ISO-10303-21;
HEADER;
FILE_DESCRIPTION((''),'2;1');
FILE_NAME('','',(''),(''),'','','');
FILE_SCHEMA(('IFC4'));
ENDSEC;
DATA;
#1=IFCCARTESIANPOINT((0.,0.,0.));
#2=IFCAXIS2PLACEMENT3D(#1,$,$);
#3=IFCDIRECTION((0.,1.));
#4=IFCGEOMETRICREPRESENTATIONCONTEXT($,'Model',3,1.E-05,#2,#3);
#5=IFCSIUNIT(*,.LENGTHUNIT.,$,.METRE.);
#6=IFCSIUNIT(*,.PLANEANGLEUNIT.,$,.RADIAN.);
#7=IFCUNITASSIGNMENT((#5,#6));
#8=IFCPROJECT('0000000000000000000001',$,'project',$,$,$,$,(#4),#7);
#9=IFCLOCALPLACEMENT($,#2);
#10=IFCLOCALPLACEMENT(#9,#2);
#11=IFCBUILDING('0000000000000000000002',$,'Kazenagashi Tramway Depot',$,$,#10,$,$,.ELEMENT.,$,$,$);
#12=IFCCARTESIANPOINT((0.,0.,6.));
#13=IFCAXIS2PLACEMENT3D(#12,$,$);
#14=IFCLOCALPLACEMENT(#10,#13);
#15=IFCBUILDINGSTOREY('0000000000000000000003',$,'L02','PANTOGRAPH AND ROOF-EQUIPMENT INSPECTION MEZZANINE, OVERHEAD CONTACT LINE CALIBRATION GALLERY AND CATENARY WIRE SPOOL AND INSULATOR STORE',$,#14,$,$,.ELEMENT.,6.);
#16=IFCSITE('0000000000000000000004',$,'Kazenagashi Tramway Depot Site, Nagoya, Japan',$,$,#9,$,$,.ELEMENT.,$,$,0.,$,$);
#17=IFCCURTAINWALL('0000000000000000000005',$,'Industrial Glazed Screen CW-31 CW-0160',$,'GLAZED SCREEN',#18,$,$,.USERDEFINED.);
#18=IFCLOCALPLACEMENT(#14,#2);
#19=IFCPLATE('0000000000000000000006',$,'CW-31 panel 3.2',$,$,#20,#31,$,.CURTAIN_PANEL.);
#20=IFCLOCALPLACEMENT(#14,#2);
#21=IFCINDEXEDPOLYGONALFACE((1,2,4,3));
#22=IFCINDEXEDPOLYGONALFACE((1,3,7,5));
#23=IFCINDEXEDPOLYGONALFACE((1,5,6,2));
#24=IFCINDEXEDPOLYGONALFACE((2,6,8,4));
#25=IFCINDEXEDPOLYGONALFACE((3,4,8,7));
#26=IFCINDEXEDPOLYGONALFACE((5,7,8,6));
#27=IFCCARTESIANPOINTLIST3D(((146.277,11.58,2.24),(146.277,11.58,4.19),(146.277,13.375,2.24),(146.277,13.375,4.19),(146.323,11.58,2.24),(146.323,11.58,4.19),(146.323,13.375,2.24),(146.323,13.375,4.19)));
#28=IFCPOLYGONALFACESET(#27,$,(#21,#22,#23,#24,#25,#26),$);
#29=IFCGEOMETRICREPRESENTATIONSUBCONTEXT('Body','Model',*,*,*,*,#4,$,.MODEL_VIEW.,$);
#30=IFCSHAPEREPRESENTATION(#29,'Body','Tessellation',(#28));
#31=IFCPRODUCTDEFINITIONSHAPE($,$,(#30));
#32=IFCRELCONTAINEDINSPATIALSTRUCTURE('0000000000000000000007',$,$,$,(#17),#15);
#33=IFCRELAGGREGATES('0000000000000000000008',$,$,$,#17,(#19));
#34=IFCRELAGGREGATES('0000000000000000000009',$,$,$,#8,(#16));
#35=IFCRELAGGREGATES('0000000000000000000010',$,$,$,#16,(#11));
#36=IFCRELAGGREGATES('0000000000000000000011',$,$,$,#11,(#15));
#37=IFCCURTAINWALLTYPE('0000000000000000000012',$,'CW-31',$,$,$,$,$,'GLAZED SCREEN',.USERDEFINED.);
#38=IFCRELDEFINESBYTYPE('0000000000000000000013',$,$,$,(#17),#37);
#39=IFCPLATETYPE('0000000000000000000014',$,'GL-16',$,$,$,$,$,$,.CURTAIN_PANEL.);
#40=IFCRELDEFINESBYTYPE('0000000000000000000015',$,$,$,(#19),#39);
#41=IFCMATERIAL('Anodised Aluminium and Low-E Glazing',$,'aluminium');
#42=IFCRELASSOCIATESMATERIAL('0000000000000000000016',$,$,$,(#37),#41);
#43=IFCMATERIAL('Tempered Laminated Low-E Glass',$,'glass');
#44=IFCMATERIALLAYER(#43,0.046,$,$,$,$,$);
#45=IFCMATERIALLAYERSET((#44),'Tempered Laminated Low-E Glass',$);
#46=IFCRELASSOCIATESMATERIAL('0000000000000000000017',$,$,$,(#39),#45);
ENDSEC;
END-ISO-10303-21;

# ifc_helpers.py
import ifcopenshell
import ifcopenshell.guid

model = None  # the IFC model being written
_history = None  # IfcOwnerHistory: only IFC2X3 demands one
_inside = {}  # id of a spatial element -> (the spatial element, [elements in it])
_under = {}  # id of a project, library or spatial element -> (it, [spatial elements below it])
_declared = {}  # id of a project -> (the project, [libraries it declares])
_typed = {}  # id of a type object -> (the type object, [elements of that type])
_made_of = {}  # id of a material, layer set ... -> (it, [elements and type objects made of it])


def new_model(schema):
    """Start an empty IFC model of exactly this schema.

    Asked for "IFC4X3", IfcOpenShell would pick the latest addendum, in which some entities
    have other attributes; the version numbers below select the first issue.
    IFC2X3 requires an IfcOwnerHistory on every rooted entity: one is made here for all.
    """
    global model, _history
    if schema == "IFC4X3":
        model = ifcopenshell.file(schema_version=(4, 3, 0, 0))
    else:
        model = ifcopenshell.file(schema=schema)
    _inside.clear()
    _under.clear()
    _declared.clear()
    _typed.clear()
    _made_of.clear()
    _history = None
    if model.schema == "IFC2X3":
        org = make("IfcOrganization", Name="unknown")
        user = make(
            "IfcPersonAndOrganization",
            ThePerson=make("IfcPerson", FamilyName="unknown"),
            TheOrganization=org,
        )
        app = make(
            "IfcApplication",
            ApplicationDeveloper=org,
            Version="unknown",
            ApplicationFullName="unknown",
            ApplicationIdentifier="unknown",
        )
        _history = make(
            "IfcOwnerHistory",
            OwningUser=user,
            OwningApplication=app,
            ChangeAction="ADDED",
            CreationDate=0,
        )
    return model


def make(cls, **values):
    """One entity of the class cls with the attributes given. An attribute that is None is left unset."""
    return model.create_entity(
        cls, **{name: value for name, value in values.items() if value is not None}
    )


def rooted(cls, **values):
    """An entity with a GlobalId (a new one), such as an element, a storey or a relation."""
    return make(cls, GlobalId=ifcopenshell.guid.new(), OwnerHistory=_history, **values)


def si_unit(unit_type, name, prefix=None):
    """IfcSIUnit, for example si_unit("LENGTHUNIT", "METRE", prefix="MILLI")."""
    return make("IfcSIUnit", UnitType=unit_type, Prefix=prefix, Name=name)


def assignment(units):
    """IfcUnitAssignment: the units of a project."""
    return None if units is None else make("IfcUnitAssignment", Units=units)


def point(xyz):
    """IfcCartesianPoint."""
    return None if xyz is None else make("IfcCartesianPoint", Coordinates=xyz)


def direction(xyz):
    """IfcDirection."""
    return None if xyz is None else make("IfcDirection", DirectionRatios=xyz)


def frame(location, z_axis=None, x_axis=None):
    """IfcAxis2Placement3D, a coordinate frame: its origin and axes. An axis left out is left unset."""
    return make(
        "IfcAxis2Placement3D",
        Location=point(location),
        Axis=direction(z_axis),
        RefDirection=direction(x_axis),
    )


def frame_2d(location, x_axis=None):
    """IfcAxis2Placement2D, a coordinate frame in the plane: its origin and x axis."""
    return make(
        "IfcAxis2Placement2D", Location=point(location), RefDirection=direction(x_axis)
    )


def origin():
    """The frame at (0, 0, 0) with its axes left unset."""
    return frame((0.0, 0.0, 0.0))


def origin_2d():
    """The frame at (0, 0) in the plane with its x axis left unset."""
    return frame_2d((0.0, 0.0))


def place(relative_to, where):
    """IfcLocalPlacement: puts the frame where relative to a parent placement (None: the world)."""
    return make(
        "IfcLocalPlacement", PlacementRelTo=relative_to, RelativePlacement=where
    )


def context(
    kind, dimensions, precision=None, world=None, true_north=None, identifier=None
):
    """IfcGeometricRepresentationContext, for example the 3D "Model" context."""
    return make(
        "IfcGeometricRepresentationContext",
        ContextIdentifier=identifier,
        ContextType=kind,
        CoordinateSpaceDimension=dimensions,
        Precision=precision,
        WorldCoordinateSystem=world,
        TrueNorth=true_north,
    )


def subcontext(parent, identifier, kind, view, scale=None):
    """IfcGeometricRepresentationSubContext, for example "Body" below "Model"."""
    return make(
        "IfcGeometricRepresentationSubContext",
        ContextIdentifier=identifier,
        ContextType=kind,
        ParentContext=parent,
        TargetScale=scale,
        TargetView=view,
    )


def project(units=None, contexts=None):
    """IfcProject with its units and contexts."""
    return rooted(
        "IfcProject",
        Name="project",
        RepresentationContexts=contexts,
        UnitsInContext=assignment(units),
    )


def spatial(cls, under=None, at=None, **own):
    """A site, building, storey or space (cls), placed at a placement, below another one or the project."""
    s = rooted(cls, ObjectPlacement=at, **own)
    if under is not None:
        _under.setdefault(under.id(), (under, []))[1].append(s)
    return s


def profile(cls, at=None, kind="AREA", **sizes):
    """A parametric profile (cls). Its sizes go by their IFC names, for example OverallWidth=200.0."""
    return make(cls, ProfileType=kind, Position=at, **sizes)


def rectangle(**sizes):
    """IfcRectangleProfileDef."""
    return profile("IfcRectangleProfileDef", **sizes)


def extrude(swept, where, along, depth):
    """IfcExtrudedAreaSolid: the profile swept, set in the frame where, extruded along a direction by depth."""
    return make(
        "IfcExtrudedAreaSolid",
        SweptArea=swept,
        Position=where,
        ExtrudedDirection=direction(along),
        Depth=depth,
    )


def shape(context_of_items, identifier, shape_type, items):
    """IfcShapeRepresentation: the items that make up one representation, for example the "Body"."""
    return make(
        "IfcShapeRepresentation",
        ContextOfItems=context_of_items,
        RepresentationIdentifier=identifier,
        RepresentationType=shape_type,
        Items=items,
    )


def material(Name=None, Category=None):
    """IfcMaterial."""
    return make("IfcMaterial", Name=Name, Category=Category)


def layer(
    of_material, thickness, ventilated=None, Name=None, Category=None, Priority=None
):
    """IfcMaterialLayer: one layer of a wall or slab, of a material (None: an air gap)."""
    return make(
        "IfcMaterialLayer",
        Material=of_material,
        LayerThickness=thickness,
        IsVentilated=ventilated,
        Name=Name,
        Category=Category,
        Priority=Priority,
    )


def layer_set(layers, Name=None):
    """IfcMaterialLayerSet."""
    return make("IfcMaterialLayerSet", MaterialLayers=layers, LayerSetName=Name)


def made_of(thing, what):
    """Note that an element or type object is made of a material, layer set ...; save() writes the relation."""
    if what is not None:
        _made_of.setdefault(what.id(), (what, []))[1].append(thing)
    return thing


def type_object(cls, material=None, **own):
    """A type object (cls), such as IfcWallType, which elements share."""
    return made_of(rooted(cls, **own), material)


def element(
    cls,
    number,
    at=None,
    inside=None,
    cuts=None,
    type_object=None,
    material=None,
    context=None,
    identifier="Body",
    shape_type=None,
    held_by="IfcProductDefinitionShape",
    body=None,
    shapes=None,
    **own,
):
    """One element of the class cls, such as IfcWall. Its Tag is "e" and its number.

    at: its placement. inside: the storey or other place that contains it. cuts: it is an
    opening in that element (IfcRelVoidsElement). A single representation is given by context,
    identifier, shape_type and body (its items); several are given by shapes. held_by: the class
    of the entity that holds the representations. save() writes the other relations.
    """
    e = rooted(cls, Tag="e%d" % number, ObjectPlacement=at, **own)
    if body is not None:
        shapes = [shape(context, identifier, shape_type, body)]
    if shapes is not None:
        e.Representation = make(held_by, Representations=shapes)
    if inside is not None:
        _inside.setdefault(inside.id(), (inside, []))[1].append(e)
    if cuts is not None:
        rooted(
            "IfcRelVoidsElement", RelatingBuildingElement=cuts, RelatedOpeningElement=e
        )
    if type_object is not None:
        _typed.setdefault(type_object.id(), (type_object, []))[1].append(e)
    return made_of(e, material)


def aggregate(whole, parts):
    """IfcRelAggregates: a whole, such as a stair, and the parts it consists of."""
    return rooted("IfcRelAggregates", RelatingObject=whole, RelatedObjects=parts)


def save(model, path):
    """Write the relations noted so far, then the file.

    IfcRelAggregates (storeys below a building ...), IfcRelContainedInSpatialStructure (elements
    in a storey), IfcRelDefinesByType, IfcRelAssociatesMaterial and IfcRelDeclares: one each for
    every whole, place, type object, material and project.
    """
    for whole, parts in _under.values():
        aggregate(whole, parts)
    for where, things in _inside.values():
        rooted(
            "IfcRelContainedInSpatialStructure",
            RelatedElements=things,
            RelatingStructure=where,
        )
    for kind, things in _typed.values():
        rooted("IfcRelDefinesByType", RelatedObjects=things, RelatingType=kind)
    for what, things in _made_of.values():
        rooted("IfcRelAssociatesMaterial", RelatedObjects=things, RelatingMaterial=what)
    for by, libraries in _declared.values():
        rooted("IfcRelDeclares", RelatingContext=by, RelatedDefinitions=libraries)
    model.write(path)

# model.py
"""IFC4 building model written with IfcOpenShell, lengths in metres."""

from ifc_helpers import new_model, si_unit, direction, frame, origin, origin_2d, place, context, subcontext, project, spatial, rectangle, extrude, material, layer, layer_set, type_object, element, aggregate, save


model = new_model("IFC4")

# Units and contexts
model_context = context("Model", 3, precision=1e-05, world=origin(), true_north=direction((0.0, 1.0)))
body_context = subcontext(model_context, "Body", "Model", "MODEL_VIEW")
ifc_project = project(units=[si_unit("LENGTHUNIT", "METRE"), si_unit("PLANEANGLEUNIT", "RADIAN")], contexts=[model_context])

# Site, building, storey
site_placement = place(None, origin())
site = spatial("IfcSite", under=ifc_project, at=site_placement, Name="Kazenagashi Tramway Depot Site, Nagoya, Japan", CompositionType="ELEMENT", RefElevation=0.0)
building_placement = place(site_placement, origin())
building = spatial("IfcBuilding", under=site, at=building_placement, Name="Kazenagashi Tramway Depot", CompositionType="ELEMENT")
storey_placement = place(building_placement, frame((0.0, 0.0, 6.0)))
storey = spatial("IfcBuildingStorey", under=building, at=storey_placement, Name="L02", Description="PANTOGRAPH AND ROOF-EQUIPMENT INSPECTION MEZZANINE, OVERHEAD CONTACT LINE CALIBRATION GALLERY AND CATENARY WIRE SPOOL AND INSULATOR STORE", CompositionType="ELEMENT", Elevation=6.0)

# Curtain wall
ifc_material_1 = material(Name="Anodised Aluminium and Low-E Glazing", Category="aluminium")
curtain_wall_type = type_object("IfcCurtainWallType", Name="CW-31", ElementType="GLAZED SCREEN", PredefinedType="USERDEFINED", material=ifc_material_1)
curtain_wall_1_placement = place(storey_placement, origin())
curtain_wall_1 = element("IfcCurtainWall", 1, at=curtain_wall_1_placement, inside=storey, type_object=curtain_wall_type, Name="Industrial Glazed Screen CW-31 CW-0160", ObjectType="GLAZED SCREEN", PredefinedType="USERDEFINED")

# Plate
ifc_material_2 = material(Name="Tempered Laminated Low-E Glass", Category="glass")
ifc_layer_1 = layer(ifc_material_2, 0.046)
ifc_layer_set_1 = layer_set([ifc_layer_1], Name="Tempered Laminated Low-E Glass")
plate_type_1 = type_object("IfcPlateType", Name="GL-16", PredefinedType="CURTAIN_PANEL", material=ifc_layer_set_1)
plate_1_placement = place(storey_placement, frame((146.3, 12.4775, 2.24), z_axis=(0.0, 0.0, 1.0), x_axis=(0.0, 1.0, 0.0)))
plate_1 = element("IfcPlate", 2, at=plate_1_placement, type_object=plate_type_1, Name="CW-31 panel 3.2", PredefinedType="CURTAIN_PANEL", context=body_context, shape_type="SweptSolid", body=[
    extrude(rectangle(XDim=1.795, YDim=0.046, at=origin_2d()), origin(), (0.0, 0.0, 1.0), 1.95),
])
aggregate(curtain_wall_1, [plate_1])

save(model, "model.ifc")
